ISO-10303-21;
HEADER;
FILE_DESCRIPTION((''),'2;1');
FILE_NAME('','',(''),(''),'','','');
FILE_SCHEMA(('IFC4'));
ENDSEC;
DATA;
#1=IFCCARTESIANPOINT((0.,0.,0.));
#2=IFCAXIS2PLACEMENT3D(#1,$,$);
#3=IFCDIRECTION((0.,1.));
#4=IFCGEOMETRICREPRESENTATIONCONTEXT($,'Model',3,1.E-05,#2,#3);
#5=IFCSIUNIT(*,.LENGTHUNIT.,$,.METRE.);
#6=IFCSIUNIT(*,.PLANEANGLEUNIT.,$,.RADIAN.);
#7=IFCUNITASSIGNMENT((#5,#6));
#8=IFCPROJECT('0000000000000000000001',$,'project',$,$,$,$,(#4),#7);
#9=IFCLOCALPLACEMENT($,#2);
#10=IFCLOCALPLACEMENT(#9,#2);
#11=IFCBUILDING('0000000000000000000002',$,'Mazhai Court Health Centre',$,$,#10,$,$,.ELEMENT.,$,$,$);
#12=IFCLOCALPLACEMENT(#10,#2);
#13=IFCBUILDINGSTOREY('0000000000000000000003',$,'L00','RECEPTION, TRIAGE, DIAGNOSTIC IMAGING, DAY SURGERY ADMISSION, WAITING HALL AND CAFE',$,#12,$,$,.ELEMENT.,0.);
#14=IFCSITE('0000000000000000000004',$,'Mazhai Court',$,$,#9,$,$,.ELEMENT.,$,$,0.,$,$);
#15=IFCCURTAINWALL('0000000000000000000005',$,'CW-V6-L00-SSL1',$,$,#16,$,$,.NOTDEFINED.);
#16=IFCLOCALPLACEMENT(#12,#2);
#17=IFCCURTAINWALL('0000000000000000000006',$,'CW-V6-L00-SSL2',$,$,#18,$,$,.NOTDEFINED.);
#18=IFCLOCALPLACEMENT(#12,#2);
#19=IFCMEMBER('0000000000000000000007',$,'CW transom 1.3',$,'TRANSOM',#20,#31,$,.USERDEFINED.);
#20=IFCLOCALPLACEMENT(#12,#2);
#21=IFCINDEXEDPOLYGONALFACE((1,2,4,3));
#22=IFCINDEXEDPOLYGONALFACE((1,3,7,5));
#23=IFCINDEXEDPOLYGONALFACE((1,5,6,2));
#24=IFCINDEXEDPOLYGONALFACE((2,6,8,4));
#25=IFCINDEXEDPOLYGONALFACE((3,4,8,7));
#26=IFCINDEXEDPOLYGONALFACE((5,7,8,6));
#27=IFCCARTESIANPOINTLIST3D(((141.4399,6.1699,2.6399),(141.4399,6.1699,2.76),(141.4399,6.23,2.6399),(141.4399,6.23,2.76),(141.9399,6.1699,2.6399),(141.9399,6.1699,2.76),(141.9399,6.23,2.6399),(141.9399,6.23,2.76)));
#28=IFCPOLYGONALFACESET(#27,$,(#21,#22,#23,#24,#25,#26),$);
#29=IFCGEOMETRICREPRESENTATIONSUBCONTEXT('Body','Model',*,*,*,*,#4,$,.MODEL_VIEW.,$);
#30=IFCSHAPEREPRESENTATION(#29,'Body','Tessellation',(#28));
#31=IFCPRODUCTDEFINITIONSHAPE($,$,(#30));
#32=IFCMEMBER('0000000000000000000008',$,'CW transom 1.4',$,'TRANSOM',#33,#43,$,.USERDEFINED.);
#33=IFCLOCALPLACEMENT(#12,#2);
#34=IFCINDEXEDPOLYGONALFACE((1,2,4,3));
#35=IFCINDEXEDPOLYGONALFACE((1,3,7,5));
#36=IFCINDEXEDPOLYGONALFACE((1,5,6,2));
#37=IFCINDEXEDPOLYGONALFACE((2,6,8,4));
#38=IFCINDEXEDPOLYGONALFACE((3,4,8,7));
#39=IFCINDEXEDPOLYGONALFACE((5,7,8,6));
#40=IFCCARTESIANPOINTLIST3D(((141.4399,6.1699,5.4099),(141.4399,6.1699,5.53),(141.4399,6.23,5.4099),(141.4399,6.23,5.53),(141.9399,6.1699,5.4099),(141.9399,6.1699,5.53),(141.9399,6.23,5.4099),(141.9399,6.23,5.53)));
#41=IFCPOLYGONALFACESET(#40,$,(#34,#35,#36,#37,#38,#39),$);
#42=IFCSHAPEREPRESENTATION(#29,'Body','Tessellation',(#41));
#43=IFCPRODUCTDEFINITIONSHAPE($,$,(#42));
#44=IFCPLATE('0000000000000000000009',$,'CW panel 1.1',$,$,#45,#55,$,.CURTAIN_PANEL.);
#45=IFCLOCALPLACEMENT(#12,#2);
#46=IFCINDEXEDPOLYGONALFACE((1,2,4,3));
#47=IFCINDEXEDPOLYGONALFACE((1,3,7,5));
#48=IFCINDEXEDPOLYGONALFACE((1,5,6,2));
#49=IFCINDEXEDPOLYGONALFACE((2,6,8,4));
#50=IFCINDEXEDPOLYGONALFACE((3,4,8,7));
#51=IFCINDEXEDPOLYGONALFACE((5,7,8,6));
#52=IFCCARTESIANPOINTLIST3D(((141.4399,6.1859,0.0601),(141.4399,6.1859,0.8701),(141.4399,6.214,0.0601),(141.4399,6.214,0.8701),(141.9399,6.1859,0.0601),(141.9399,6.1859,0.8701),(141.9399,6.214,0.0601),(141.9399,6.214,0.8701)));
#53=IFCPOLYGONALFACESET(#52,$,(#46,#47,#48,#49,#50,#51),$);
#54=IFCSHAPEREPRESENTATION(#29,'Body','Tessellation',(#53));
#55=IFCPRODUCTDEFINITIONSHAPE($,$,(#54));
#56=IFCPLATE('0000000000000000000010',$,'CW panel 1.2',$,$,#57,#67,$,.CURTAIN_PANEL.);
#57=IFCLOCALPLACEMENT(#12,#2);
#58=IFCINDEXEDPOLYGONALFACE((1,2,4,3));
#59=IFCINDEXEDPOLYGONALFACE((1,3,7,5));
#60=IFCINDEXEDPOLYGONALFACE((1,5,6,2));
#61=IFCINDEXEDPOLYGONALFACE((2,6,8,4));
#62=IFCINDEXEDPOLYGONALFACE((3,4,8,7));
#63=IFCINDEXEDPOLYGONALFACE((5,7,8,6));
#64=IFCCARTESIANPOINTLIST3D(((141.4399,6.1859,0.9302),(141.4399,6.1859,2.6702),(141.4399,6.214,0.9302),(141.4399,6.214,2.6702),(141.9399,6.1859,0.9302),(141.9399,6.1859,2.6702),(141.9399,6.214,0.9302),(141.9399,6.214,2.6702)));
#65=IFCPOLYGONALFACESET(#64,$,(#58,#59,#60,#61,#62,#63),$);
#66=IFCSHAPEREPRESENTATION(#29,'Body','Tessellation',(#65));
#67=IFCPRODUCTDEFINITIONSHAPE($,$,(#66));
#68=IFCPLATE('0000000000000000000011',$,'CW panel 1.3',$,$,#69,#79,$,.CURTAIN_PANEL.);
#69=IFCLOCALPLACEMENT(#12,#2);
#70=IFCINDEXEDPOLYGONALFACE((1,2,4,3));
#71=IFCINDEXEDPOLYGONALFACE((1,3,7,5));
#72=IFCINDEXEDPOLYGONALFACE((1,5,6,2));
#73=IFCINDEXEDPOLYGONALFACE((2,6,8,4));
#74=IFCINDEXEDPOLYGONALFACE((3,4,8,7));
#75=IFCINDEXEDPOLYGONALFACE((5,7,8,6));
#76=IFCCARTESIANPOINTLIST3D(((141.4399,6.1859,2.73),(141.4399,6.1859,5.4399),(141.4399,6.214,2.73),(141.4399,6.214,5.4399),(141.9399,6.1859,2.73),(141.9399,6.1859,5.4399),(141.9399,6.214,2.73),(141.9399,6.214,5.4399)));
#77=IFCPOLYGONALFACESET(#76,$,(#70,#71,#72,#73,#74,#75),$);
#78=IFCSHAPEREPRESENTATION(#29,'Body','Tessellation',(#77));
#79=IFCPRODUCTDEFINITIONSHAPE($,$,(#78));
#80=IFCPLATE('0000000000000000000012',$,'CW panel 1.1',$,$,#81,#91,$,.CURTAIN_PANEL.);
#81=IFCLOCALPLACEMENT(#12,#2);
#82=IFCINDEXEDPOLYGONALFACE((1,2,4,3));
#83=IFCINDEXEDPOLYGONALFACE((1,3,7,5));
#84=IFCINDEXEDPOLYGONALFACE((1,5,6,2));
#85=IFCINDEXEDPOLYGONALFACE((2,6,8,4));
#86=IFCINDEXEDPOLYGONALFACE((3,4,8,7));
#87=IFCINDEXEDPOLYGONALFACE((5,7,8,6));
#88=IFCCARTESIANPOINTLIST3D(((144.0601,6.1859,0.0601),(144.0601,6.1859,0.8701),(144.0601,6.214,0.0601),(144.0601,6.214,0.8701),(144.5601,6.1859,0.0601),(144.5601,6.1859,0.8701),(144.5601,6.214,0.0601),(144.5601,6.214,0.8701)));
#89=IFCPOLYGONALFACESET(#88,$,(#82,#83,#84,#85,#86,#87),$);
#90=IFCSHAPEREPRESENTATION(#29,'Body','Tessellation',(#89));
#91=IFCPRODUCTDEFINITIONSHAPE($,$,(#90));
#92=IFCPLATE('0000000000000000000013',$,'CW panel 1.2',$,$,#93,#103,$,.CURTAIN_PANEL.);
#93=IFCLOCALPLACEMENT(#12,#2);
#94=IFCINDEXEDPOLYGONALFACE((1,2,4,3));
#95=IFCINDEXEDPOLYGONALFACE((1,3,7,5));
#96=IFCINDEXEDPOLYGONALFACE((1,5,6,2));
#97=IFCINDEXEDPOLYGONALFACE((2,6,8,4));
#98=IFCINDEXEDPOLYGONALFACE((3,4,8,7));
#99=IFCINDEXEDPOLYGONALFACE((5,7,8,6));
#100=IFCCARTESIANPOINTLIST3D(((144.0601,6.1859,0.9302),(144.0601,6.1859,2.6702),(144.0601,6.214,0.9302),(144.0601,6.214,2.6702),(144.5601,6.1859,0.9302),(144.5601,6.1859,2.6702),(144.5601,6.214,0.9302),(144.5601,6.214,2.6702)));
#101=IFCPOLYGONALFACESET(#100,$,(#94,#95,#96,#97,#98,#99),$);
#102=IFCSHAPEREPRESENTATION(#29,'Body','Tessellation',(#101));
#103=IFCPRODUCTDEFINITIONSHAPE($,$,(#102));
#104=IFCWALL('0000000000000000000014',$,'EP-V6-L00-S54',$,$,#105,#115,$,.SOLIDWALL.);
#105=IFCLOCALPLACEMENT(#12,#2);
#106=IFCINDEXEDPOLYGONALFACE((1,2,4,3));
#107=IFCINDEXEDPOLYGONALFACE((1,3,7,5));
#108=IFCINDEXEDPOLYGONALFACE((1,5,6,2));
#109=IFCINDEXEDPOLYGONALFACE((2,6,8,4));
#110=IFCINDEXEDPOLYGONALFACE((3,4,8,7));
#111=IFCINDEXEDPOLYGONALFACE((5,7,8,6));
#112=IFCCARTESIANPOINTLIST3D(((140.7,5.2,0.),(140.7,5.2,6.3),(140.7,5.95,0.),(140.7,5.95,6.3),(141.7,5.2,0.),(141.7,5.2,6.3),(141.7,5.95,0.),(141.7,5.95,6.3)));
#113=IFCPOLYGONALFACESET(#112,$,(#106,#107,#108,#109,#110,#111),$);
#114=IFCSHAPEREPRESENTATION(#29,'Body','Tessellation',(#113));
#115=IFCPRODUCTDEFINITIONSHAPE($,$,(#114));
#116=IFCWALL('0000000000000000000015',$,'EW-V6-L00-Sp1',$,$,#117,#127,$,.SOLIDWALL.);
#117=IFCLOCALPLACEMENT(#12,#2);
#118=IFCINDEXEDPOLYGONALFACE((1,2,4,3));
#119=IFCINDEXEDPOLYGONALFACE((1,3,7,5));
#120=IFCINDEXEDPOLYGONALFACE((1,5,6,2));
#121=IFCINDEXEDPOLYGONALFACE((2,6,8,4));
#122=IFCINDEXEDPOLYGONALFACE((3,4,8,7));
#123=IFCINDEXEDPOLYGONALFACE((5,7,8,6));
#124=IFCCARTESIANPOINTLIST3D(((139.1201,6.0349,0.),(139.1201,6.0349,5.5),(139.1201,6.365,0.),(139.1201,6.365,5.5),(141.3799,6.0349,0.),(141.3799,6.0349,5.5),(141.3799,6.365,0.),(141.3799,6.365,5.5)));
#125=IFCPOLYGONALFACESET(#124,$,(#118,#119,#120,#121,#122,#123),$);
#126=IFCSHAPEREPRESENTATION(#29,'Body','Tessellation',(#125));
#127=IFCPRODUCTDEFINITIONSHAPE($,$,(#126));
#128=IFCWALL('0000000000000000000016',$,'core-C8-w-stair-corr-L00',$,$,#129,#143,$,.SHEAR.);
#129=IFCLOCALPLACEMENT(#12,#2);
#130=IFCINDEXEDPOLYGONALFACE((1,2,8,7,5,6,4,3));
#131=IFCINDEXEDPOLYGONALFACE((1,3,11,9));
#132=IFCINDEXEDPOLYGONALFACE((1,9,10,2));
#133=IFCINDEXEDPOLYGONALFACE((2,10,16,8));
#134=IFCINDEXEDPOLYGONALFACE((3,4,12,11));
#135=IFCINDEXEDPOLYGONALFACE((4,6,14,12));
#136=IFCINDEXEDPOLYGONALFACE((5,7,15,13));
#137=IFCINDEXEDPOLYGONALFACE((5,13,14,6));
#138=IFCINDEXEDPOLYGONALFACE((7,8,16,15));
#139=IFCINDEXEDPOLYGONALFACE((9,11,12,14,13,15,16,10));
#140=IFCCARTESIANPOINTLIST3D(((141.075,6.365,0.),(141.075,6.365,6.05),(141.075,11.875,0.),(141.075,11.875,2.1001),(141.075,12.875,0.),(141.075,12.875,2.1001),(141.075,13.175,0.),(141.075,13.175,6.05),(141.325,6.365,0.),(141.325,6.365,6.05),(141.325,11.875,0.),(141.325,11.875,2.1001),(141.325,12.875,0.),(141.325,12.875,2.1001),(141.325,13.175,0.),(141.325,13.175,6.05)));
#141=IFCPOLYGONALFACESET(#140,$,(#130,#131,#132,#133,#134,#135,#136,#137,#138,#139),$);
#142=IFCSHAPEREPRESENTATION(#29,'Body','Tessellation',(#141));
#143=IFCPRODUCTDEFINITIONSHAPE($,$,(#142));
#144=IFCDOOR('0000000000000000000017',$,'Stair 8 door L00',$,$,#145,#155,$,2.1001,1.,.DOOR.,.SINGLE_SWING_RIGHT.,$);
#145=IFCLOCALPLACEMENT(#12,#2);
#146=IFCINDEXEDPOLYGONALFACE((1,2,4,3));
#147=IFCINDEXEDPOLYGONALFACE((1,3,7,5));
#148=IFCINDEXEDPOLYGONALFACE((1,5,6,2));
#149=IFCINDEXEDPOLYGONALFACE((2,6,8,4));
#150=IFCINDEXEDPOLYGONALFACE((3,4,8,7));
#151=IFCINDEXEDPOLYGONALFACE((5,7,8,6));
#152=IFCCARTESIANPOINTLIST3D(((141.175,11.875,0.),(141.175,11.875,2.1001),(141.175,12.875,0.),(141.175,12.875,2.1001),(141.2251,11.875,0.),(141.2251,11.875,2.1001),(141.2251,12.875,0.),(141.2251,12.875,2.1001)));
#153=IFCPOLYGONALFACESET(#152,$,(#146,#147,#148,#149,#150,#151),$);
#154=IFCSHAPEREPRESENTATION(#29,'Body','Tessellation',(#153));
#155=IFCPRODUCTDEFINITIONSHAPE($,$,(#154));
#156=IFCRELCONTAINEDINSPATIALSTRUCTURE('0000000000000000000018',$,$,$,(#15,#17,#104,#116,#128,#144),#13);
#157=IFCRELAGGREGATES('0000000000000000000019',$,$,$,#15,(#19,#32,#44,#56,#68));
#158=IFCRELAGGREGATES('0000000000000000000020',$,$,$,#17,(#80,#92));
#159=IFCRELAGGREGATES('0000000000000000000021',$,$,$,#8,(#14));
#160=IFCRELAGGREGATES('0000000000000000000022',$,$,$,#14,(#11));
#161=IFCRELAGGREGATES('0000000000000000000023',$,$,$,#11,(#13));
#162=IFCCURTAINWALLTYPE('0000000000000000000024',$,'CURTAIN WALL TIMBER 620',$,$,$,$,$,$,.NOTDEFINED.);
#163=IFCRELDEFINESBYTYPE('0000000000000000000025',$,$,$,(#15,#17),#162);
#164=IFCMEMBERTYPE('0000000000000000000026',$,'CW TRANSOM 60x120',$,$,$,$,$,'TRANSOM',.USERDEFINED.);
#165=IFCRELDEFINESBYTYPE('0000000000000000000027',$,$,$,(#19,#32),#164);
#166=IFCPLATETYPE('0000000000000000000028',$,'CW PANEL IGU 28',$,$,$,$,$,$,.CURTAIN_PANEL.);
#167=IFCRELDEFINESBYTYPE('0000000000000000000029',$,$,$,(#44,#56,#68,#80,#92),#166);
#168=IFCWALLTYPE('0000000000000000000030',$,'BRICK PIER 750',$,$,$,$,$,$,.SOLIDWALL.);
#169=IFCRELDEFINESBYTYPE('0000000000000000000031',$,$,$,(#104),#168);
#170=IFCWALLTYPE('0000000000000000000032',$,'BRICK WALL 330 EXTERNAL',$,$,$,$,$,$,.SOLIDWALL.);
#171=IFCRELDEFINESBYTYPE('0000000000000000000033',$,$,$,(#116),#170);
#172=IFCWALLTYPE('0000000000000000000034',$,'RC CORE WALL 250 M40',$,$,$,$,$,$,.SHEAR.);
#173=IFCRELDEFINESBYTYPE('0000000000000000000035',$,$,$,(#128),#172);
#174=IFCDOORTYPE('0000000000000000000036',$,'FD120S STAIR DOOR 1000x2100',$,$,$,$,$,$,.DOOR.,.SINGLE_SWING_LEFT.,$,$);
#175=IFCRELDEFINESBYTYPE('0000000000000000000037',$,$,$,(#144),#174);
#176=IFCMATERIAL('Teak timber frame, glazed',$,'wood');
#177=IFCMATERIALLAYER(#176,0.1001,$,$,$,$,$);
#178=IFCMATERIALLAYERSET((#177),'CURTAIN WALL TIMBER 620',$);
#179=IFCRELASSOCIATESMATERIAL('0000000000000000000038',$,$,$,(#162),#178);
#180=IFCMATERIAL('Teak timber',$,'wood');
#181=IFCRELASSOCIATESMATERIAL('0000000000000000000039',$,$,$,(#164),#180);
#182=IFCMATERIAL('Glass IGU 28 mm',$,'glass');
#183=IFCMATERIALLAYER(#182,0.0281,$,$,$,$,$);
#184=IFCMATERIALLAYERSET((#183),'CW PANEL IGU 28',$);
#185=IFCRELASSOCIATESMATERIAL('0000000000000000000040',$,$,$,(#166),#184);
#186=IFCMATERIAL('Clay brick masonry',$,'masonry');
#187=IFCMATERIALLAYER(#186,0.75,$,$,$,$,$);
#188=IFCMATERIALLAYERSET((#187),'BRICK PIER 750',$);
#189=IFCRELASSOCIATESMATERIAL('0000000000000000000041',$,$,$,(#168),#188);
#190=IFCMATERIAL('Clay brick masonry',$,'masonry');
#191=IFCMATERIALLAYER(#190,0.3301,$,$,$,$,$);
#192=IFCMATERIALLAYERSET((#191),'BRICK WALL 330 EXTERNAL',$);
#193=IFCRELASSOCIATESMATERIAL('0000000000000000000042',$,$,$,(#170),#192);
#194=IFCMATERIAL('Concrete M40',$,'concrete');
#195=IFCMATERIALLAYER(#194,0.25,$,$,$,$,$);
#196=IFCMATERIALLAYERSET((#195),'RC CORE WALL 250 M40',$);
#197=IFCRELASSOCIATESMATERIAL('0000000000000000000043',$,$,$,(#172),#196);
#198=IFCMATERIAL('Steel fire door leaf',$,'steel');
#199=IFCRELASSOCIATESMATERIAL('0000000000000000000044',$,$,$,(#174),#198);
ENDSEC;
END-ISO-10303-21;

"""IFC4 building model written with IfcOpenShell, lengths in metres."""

from ifc_helpers import new_model, si_unit, direction, frame, frame_2d, origin, origin_2d, place, context, subcontext, project, spatial, rectangle, extrude, material, layer, layer_set, material_profile, profile_set, type_object, element, fill, aggregate, save


model = new_model("IFC4")

# Units and contexts
model_context = context("Model", 3, precision=1e-05, world=origin(), true_north=direction((0.0, 1.0)))
body_context = subcontext(model_context, "Body", "Model", "MODEL_VIEW")
ifc_project = project(units=[si_unit("LENGTHUNIT", "METRE"), si_unit("PLANEANGLEUNIT", "RADIAN")], contexts=[model_context])

# Site, building, storey
site_placement = place(None, origin())
site = spatial("IfcSite", under=ifc_project, at=site_placement, Name="Mazhai Court", CompositionType="ELEMENT", RefElevation=0.0)
building_placement = place(site_placement, origin())
building = spatial("IfcBuilding", under=site, at=building_placement, Name="Mazhai Court Health Centre", CompositionType="ELEMENT")
storey_placement = place(building_placement, origin())
storey = spatial("IfcBuildingStorey", under=building, at=storey_placement, Name="L00", Description="RECEPTION, TRIAGE, DIAGNOSTIC IMAGING, DAY SURGERY ADMISSION, WAITING HALL AND CAFE", CompositionType="ELEMENT", Elevation=0.0)

# Curtain wall
ifc_material_1 = material(Name="Teak timber frame, glazed", Category="wood")
ifc_layer_1 = layer(ifc_material_1, 0.1001)
ifc_layer_set_1 = layer_set([ifc_layer_1], Name="CURTAIN WALL TIMBER 620")
curtain_wall_type = type_object("IfcCurtainWallType", Name="CURTAIN WALL TIMBER 620", PredefinedType="NOTDEFINED", material=ifc_layer_set_1)
curtain_wall_1_placement = place(storey_placement, origin())
curtain_wall_1 = element("IfcCurtainWall", 1, at=curtain_wall_1_placement, inside=storey, type_object=curtain_wall_type, Name="CW-V6-L00-SSL1", PredefinedType="NOTDEFINED")

# Curtain wall
curtain_wall_2_placement = place(storey_placement, origin())
curtain_wall_2 = element("IfcCurtainWall", 2, at=curtain_wall_2_placement, inside=storey, type_object=curtain_wall_type, Name="CW-V6-L00-SSL2", PredefinedType="NOTDEFINED")

# Members
ifc_material_2 = material(Name="Teak timber", Category="wood")
ifc_material_profile_1 = material_profile(ifc_material_2, rectangle(XDim=0.0601, YDim=0.1201, at=origin_2d()), Name="CW TRANSOM 60x120")
ifc_profile_set_1 = profile_set([ifc_material_profile_1], Name="Teak timber")
member_type_1 = type_object("IfcMemberType", Name="CW TRANSOM 60x120", ElementType="TRANSOM", PredefinedType="USERDEFINED", material=ifc_profile_set_1)
member_1_placement = place(storey_placement, frame((141.9399, 6.2, 2.7), z_axis=(-1.0, 0.0, 0.0), x_axis=(0.0, -1.0, 0.0)))
member_1 = element("IfcMember", 3, at=member_1_placement, type_object=member_type_1, Name="CW transom 1.3", ObjectType="TRANSOM", PredefinedType="USERDEFINED", context=body_context, shape_type="SweptSolid", body=[
    extrude(rectangle(XDim=0.0601, YDim=0.1201, at=origin_2d()), origin(), (0.0, 0.0, 1.0), 0.5),
])
member_2_placement = place(storey_placement, frame((141.9399, 6.2, 5.47), z_axis=(-1.0, 0.0, 0.0), x_axis=(0.0, -1.0, 0.0)))
member_2 = element("IfcMember", 4, at=member_2_placement, type_object=member_type_1, Name="CW transom 1.4", ObjectType="TRANSOM", PredefinedType="USERDEFINED", context=body_context, shape_type="SweptSolid", body=[
    extrude(rectangle(XDim=0.0601, YDim=0.1201, at=origin_2d()), origin(), (0.0, 0.0, 1.0), 0.5),
])

# Plates
ifc_material_3 = material(Name="Glass IGU 28 mm", Category="glass")
ifc_layer_2 = layer(ifc_material_3, 0.0281)
ifc_layer_set_2 = layer_set([ifc_layer_2], Name="CW PANEL IGU 28")
plate_type = type_object("IfcPlateType", Name="CW PANEL IGU 28", PredefinedType="CURTAIN_PANEL", material=ifc_layer_set_2)
plate_1_placement = place(storey_placement, frame((141.6899, 6.2, 0.0601), z_axis=(0.0, 0.0, 1.0), x_axis=(-1.0, 0.0, 0.0)))
plate_1 = element("IfcPlate", 5, at=plate_1_placement, type_object=plate_type, Name="CW panel 1.1", PredefinedType="CURTAIN_PANEL", context=body_context, shape_type="SweptSolid", body=[
    extrude(rectangle(XDim=0.5, YDim=0.0281, at=origin_2d()), origin(), (0.0, 0.0, 1.0), 0.8101),
])
plate_2_placement = place(storey_placement, frame((141.6899, 6.2, 0.9302), z_axis=(0.0, 0.0, 1.0), x_axis=(-1.0, 0.0, 0.0)))
plate_2 = element("IfcPlate", 6, at=plate_2_placement, type_object=plate_type, Name="CW panel 1.2", PredefinedType="CURTAIN_PANEL", context=body_context, shape_type="SweptSolid", body=[
    extrude(rectangle(XDim=0.5, YDim=0.0281, at=origin_2d()), origin(), (0.0, 0.0, 1.0), 1.74),
])
plate_3_placement = place(storey_placement, frame((141.6899, 6.2, 2.73), z_axis=(0.0, 0.0, 1.0), x_axis=(-1.0, 0.0, 0.0)))
plate_3 = element("IfcPlate", 7, at=plate_3_placement, type_object=plate_type, Name="CW panel 1.3", PredefinedType="CURTAIN_PANEL", context=body_context, shape_type="SweptSolid", body=[
    extrude(rectangle(XDim=0.5, YDim=0.0281, at=origin_2d()), origin(), (0.0, 0.0, 1.0), 2.71),
])
aggregate(curtain_wall_1, [member_1, member_2, plate_1, plate_2, plate_3])
plate_4_placement = place(storey_placement, frame((144.3101, 6.2, 0.0601), z_axis=(0.0, 0.0, 1.0), x_axis=(-1.0, 0.0, 0.0)))
plate_4 = element("IfcPlate", 8, at=plate_4_placement, type_object=plate_type, Name="CW panel 1.1", PredefinedType="CURTAIN_PANEL", context=body_context, shape_type="SweptSolid", body=[
    extrude(rectangle(XDim=0.5, YDim=0.0281, at=origin_2d()), origin(), (0.0, 0.0, 1.0), 0.8101),
])
plate_5_placement = place(storey_placement, frame((144.3101, 6.2, 0.9302), z_axis=(0.0, 0.0, 1.0), x_axis=(-1.0, 0.0, 0.0)))
plate_5 = element("IfcPlate", 9, at=plate_5_placement, type_object=plate_type, Name="CW panel 1.2", PredefinedType="CURTAIN_PANEL", context=body_context, shape_type="SweptSolid", body=[
    extrude(rectangle(XDim=0.5, YDim=0.0281, at=origin_2d()), origin(), (0.0, 0.0, 1.0), 1.74),
])
aggregate(curtain_wall_2, [plate_4, plate_5])

# Walls
ifc_material_4 = material(Name="Clay brick masonry", Category="masonry")
ifc_layer_3 = layer(ifc_material_4, 0.75)
ifc_layer_set_3 = layer_set([ifc_layer_3], Name="BRICK PIER 750")
wall_type_1 = type_object("IfcWallType", Name="BRICK PIER 750", PredefinedType="SOLIDWALL", material=ifc_layer_set_3)
wall_1_placement = place(storey_placement, frame((141.7, 5.575, 0.0), z_axis=(0.0, 0.0, 1.0), x_axis=(-1.0, 0.0, 0.0)))
element("IfcWall", 10, at=wall_1_placement, inside=storey, type_object=wall_type_1, Name="EP-V6-L00-S54", PredefinedType="SOLIDWALL", context=body_context, shape_type="SweptSolid", body=[
    extrude(rectangle(XDim=1.0, YDim=0.75, at=frame_2d((0.5, 0.0))), origin(), (0.0, 0.0, 1.0), 6.3),
])
ifc_material_5 = material(Name="Clay brick masonry", Category="masonry")
ifc_layer_4 = layer(ifc_material_5, 0.3301)
ifc_layer_set_4 = layer_set([ifc_layer_4], Name="BRICK WALL 330 EXTERNAL")
wall_type_2 = type_object("IfcWallType", Name="BRICK WALL 330 EXTERNAL", PredefinedType="SOLIDWALL", material=ifc_layer_set_4)
wall_2_placement = place(storey_placement, frame((141.3799, 6.2, 0.0), z_axis=(0.0, 0.0, 1.0), x_axis=(-1.0, 0.0, 0.0)))
element("IfcWall", 11, at=wall_2_placement, inside=storey, type_object=wall_type_2, Name="EW-V6-L00-Sp1", PredefinedType="SOLIDWALL", context=body_context, shape_type="SweptSolid", body=[
    extrude(rectangle(XDim=2.2598, YDim=0.3301, at=frame_2d((1.1299, 0.0))), origin(), (0.0, 0.0, 1.0), 5.5),
])

# Wall, opening, door
ifc_material_6 = material(Name="Concrete M40", Category="concrete")
ifc_layer_5 = layer(ifc_material_6, 0.25)
ifc_layer_set_5 = layer_set([ifc_layer_5], Name="RC CORE WALL 250 M40")
wall_type_3 = type_object("IfcWallType", Name="RC CORE WALL 250 M40", PredefinedType="SHEAR", material=ifc_layer_set_5)
wall_3_placement = place(storey_placement, frame((141.2, 6.365, 0.0), z_axis=(0.0, 0.0, 1.0), x_axis=(0.0, 1.0, 0.0)))
wall_3 = element("IfcWall", 12, at=wall_3_placement, inside=storey, type_object=wall_type_3, Name="core-C8-w-stair-corr-L00", PredefinedType="SHEAR", context=body_context, shape_type="SweptSolid", body=[
    extrude(rectangle(XDim=6.8101, YDim=0.25, at=frame_2d((3.405, 0.0))), origin(), (0.0, 0.0, 1.0), 6.05),
])
opening_1_placement = place(wall_3_placement, frame((5.51, 0.0, 0.0)))
opening_1 = element("IfcOpeningElement", 13, at=opening_1_placement, cuts=wall_3, PredefinedType="OPENING", context=body_context, shape_type="SweptSolid", body=[
    extrude(rectangle(XDim=1.0, YDim=2.1001, at=frame_2d((0.5, 1.05))), frame((0.0, 0.135, 0.0), z_axis=(0.0, -1.0, 0.0), x_axis=(1.0, 0.0, 0.0)), (0.0, 0.0, 1.0), 0.27),
])
ifc_material_7 = material(Name="Steel fire door leaf", Category="steel")
door_type_1 = type_object("IfcDoorType", Name="FD120S STAIR DOOR 1000x2100", OperationType="SINGLE_SWING_LEFT", PredefinedType="DOOR", material=ifc_material_7)
door_1_placement = place(opening_1_placement, origin())
door_1 = element("IfcDoor", 14, at=door_1_placement, inside=storey, type_object=door_type_1, Name="Stair 8 door L00", OperationType="SINGLE_SWING_RIGHT", OverallHeight=2.1001, OverallWidth=1.0, PredefinedType="DOOR", context=body_context, shape_type="SweptSolid", body=[
    extrude(rectangle(XDim=1.0, YDim=2.1001, at=frame_2d((0.5, 1.05))), frame((0.0, 0.0249, 0.0), z_axis=(0.0, -1.0, 0.0), x_axis=(1.0, 0.0, 0.0)), (0.0, 0.0, 1.0), 0.05),
])
fill(opening_1, door_1)

save(model, "model.ifc")
